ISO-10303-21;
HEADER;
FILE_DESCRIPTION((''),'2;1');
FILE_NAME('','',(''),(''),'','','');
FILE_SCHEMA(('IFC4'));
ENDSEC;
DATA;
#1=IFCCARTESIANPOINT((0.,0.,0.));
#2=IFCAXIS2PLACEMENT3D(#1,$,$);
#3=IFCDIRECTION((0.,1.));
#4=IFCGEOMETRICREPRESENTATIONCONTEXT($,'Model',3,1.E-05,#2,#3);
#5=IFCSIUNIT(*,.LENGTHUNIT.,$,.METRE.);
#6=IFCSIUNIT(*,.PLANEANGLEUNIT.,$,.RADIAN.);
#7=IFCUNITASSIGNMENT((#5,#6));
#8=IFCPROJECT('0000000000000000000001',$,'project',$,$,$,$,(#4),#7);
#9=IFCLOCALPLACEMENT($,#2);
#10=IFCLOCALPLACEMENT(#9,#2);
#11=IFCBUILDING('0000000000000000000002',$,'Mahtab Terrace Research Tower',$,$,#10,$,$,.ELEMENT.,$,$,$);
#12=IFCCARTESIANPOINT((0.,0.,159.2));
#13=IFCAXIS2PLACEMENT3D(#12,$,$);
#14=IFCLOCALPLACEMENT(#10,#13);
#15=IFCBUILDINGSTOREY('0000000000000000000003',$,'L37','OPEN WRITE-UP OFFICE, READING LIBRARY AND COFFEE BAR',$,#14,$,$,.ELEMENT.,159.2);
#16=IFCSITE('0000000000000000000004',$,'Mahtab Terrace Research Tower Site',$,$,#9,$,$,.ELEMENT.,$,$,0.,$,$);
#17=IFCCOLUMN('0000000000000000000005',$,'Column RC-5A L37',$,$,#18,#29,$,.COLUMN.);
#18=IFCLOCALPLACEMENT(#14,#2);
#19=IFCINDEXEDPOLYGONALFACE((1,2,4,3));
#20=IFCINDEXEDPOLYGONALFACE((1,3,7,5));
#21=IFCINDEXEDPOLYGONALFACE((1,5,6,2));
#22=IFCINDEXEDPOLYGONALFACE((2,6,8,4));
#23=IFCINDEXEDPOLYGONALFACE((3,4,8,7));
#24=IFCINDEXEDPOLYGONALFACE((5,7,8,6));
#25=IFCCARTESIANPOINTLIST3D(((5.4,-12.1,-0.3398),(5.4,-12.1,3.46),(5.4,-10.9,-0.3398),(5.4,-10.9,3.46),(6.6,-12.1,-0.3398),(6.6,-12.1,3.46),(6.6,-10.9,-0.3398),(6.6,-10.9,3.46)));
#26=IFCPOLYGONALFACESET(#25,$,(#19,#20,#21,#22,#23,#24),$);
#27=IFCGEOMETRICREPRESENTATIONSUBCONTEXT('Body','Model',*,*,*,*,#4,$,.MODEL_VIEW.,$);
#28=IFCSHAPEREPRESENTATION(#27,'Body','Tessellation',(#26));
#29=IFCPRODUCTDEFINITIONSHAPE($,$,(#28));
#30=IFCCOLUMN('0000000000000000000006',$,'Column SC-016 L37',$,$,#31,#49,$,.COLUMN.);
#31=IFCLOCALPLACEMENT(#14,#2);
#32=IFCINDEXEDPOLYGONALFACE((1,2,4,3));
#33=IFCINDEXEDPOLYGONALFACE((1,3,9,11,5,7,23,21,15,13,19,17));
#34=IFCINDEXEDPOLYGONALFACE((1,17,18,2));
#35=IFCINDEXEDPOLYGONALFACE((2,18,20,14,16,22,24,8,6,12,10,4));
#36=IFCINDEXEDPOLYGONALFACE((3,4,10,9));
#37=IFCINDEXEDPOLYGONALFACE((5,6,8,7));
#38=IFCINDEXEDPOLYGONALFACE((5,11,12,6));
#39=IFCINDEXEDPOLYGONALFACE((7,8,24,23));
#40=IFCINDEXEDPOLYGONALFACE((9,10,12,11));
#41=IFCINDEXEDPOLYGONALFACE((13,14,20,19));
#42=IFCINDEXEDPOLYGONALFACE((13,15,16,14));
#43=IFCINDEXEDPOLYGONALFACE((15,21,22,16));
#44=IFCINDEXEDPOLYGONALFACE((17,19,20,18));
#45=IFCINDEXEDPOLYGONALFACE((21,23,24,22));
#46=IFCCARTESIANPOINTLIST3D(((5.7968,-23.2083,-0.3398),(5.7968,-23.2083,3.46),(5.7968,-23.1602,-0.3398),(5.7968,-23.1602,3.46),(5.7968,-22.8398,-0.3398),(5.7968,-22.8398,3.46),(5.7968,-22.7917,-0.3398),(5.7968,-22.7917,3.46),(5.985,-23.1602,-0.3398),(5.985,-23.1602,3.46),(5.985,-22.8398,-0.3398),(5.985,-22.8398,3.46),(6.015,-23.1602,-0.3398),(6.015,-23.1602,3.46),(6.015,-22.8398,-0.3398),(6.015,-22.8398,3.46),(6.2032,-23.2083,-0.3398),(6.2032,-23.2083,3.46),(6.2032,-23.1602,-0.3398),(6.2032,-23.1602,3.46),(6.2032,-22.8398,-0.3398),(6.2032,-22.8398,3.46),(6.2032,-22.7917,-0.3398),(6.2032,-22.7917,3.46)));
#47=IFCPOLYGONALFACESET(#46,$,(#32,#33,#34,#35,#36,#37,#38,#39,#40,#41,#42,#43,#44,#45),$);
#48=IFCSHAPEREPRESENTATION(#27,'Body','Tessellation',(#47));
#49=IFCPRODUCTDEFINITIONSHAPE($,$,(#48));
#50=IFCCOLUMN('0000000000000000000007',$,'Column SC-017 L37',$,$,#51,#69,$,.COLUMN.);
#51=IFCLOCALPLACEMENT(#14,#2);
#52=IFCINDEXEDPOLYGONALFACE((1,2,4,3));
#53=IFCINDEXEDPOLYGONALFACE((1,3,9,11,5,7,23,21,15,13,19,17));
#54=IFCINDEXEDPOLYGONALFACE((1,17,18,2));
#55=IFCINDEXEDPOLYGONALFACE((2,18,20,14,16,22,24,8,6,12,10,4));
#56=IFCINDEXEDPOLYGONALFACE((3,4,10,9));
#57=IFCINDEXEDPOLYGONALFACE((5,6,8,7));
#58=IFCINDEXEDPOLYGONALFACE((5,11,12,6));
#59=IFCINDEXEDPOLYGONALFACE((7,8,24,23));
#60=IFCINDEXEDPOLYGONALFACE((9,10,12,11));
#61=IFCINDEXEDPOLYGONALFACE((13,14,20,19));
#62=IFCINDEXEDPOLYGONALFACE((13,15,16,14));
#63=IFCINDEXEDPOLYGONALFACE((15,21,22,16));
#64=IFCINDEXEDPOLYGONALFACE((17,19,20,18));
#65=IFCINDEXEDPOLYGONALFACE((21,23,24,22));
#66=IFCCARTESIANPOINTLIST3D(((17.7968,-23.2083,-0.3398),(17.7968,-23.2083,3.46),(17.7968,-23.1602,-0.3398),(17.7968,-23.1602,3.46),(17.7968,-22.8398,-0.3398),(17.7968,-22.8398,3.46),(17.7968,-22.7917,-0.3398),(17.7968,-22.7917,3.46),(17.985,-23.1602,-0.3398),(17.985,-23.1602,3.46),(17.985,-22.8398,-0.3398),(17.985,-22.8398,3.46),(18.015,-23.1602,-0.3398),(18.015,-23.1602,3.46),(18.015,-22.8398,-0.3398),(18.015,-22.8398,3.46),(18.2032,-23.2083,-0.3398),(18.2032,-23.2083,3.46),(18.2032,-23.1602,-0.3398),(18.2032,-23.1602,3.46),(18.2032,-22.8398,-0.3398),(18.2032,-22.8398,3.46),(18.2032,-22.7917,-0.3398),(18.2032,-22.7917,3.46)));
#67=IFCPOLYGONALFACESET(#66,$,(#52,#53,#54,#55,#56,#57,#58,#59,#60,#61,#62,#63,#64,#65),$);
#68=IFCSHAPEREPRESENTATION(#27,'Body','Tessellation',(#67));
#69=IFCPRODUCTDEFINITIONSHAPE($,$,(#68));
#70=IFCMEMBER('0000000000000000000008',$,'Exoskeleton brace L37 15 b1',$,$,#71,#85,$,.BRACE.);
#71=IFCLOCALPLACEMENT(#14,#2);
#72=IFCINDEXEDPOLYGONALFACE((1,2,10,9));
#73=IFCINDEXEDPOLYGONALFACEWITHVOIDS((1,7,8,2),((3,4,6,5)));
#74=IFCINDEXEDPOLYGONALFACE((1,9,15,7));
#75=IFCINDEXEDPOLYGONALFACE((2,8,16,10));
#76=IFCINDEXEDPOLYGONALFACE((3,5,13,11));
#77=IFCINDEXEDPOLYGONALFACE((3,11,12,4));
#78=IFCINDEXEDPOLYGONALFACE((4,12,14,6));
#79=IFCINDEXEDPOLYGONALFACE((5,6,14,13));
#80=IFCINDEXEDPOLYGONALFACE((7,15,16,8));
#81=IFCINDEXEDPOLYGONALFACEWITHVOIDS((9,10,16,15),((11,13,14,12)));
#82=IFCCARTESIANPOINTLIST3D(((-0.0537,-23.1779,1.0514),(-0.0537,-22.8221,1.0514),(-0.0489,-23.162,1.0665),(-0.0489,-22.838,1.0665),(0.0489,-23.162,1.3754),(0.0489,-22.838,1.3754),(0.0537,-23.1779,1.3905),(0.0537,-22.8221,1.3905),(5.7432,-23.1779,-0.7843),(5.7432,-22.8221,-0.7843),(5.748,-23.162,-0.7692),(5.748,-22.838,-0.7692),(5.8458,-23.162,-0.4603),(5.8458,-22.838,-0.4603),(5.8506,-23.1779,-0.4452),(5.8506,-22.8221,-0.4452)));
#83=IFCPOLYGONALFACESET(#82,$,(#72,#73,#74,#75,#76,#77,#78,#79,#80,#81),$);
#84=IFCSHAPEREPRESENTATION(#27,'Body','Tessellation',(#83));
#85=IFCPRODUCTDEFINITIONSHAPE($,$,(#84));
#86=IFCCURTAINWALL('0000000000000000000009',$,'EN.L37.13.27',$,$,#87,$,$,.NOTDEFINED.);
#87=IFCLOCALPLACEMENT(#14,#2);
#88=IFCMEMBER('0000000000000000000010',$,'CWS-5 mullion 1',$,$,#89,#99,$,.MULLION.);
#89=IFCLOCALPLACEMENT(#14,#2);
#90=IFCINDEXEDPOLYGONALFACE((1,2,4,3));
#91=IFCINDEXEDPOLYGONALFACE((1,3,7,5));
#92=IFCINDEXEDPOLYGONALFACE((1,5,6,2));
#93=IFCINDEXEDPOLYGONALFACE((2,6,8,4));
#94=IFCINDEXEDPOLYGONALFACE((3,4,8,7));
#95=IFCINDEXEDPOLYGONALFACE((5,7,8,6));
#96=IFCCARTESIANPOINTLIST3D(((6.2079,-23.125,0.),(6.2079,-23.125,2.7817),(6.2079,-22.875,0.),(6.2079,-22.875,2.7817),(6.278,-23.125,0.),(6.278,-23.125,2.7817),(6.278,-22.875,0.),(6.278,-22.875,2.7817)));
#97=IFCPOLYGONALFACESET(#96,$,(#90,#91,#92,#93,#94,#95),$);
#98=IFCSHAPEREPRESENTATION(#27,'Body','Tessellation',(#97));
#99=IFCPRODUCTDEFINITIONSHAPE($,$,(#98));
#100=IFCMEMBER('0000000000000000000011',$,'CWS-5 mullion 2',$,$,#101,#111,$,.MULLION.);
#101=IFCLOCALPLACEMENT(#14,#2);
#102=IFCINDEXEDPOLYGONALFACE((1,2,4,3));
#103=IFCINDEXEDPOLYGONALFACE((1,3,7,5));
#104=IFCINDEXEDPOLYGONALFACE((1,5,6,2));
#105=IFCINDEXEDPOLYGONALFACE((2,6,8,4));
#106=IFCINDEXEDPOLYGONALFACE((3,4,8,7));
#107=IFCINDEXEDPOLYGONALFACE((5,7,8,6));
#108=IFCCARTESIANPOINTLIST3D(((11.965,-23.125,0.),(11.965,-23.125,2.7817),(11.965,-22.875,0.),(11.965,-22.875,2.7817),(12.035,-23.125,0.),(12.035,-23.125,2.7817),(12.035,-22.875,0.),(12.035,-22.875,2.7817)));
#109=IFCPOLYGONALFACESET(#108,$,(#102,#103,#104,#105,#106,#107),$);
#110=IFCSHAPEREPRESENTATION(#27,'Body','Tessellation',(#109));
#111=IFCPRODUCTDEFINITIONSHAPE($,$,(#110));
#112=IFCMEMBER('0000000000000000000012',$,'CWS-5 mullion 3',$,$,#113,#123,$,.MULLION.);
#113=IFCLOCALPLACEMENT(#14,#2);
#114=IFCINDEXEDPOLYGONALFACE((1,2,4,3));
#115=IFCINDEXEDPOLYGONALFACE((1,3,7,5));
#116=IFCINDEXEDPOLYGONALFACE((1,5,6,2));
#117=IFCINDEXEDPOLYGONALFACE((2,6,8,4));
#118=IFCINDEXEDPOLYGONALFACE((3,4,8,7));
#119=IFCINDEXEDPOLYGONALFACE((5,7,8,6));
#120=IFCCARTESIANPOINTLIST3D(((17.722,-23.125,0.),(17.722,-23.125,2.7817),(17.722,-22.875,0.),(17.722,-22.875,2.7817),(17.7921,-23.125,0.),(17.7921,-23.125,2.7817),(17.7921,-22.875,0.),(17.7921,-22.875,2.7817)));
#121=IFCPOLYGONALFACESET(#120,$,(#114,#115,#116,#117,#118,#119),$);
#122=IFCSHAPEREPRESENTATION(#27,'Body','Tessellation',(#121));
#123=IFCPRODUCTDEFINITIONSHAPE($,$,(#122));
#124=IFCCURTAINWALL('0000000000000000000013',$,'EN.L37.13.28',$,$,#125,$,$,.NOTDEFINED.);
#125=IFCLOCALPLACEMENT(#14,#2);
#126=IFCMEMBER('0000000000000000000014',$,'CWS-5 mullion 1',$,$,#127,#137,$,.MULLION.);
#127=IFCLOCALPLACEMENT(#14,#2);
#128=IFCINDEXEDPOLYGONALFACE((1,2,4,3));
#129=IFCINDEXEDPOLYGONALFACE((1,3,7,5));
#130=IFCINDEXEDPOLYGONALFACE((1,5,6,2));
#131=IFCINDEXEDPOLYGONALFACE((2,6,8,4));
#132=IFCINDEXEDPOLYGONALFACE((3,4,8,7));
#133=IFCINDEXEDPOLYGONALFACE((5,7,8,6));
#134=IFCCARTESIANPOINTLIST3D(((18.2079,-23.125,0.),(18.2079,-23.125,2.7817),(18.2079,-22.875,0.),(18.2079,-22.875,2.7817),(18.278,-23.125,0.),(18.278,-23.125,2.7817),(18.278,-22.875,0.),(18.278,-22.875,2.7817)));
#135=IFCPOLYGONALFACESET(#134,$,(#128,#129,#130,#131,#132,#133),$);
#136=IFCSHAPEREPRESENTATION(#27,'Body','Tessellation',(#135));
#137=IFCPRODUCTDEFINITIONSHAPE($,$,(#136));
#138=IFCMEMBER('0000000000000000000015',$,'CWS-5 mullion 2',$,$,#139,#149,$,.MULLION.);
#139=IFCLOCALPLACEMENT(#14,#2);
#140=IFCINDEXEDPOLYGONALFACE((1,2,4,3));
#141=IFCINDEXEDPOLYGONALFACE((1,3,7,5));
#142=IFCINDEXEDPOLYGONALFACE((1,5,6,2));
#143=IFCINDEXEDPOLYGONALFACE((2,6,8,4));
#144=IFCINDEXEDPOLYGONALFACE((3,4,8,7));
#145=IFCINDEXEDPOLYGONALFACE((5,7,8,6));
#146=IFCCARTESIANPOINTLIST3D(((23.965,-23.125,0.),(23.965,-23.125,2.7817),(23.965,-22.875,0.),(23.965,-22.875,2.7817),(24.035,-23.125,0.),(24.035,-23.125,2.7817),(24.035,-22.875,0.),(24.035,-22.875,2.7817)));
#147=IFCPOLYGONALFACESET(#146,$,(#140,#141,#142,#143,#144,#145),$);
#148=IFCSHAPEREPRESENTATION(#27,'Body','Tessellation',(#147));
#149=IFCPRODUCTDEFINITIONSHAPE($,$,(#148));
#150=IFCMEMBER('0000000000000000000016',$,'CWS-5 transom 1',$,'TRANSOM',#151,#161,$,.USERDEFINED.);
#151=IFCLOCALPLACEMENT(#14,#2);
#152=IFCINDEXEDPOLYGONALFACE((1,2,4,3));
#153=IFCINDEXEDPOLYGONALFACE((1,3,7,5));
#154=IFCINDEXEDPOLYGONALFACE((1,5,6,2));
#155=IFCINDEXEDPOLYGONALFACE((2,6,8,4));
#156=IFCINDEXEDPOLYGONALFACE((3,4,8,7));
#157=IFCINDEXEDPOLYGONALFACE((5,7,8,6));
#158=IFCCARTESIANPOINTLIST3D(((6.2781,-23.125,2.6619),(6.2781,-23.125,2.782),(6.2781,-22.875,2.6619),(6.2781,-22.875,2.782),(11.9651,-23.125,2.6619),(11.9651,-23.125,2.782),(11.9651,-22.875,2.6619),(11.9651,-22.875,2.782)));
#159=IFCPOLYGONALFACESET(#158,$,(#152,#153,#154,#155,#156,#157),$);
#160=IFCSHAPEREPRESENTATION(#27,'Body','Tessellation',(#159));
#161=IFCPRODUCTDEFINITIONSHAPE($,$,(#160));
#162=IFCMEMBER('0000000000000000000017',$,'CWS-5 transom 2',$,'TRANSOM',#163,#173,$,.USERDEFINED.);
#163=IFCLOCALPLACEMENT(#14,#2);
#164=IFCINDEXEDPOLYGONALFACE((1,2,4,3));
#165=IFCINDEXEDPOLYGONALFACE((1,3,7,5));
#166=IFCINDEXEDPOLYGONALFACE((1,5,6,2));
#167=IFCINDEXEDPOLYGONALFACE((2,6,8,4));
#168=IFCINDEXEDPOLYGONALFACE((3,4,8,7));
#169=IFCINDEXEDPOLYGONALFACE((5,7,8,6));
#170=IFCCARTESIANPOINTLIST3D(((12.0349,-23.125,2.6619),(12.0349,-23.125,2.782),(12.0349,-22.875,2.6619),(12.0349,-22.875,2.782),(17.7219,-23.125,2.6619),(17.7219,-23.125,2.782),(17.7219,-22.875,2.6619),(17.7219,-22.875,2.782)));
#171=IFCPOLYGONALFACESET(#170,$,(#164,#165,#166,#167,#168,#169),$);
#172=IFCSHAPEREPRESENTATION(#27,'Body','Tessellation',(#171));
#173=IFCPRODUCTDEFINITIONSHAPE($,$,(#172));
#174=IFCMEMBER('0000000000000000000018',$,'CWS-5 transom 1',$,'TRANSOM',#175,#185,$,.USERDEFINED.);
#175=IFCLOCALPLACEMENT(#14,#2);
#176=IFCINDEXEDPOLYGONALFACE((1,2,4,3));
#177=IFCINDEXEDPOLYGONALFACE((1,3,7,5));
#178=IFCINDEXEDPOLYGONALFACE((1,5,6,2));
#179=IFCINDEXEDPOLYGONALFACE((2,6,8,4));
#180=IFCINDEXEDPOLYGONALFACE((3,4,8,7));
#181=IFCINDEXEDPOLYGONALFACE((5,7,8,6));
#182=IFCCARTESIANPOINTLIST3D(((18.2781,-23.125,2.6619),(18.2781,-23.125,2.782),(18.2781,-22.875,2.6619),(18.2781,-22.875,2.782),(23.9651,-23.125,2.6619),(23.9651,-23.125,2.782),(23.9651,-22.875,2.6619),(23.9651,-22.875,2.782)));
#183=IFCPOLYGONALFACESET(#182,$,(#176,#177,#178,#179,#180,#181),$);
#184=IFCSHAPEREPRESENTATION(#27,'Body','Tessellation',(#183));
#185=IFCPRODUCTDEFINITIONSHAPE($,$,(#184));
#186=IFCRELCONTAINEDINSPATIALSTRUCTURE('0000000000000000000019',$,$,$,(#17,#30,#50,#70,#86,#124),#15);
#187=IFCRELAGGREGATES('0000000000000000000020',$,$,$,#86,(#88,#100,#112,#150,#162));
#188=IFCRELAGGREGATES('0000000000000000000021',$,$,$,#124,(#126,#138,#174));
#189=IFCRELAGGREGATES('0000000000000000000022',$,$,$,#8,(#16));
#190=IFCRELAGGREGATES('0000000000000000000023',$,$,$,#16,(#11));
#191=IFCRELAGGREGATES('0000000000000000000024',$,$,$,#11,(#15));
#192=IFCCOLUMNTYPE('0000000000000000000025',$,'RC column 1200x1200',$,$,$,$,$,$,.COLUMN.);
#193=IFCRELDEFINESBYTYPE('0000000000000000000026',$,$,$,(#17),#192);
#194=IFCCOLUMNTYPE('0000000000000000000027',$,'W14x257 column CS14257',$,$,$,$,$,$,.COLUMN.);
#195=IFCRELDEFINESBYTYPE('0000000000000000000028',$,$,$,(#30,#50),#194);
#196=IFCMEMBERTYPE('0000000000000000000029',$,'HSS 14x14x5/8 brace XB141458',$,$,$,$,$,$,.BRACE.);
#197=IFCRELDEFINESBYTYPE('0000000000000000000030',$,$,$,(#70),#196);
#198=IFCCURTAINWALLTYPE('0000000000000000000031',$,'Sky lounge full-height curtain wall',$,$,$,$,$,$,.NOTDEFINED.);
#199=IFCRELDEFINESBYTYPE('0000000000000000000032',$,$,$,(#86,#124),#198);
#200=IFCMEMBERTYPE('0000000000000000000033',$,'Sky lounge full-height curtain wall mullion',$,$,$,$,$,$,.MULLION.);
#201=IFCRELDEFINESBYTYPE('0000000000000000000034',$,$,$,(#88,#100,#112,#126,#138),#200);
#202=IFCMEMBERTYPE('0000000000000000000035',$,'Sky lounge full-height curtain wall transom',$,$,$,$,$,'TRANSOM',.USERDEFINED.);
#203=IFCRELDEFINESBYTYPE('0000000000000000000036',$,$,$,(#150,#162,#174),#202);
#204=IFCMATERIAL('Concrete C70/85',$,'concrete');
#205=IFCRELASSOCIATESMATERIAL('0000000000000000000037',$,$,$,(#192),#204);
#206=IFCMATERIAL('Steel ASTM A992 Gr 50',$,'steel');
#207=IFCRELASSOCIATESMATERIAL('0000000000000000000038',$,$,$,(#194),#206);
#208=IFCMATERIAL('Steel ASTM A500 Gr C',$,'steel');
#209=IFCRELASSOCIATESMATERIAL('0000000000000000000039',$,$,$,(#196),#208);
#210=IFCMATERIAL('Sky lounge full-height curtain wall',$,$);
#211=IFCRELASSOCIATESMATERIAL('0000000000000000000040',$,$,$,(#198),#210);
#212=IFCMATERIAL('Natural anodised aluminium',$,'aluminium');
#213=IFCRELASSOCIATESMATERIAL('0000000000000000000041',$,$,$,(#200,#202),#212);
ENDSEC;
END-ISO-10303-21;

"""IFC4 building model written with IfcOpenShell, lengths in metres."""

from ifc_helpers import new_model, si_unit, direction, frame, origin, origin_2d, place, context, subcontext, project, spatial, rectangle, hollow_rectangle, i_section, extrude, material, material_profile, profile_set, type_object, element, aggregate, save


model = new_model("IFC4")

# Units and contexts
model_context = context("Model", 3, precision=1e-05, world=origin(), true_north=direction((0.0, 1.0)))
body_context = subcontext(model_context, "Body", "Model", "MODEL_VIEW")
ifc_project = project(units=[si_unit("LENGTHUNIT", "METRE"), si_unit("PLANEANGLEUNIT", "RADIAN")], contexts=[model_context])

# Site, building, storey
site_placement = place(None, origin())
site = spatial("IfcSite", under=ifc_project, at=site_placement, Name="Mahtab Terrace Research Tower Site", CompositionType="ELEMENT", RefElevation=0.0)
building_placement = place(site_placement, origin())
building = spatial("IfcBuilding", under=site, at=building_placement, Name="Mahtab Terrace Research Tower", CompositionType="ELEMENT")
storey_placement = place(building_placement, frame((0.0, 0.0, 159.2)))
storey = spatial("IfcBuildingStorey", under=building, at=storey_placement, Name="L37", Description="OPEN WRITE-UP OFFICE, READING LIBRARY AND COFFEE BAR", CompositionType="ELEMENT", Elevation=159.2)

# Columns
ifc_material_1 = material(Name="Concrete C70/85", Category="concrete")
ifc_material_profile_1 = material_profile(ifc_material_1, rectangle(XDim=1.2, YDim=1.2, at=origin_2d()), Name="RC column 1200x1200")
ifc_profile_set_1 = profile_set([ifc_material_profile_1], Name="Concrete C70/85")
column_type_1 = type_object("IfcColumnType", Name="RC column 1200x1200", PredefinedType="COLUMN", material=ifc_profile_set_1)
column_placement = place(storey_placement, frame((6.0, -11.5, -0.3398), z_axis=(0.0, 0.0, 1.0), x_axis=(1.0, 0.0, 0.0)))
element("IfcColumn", 1, at=column_placement, inside=storey, type_object=column_type_1, Name="Column RC-5A L37", PredefinedType="COLUMN", context=body_context, shape_type="SweptSolid", body=[
    extrude(rectangle(XDim=1.2, YDim=1.2, at=origin_2d()), origin(), (0.0, 0.0, 1.0), 3.7998),
])
ifc_material_2 = material(Name="Steel ASTM A992 Gr 50", Category="steel")
ifc_material_profile_2 = material_profile(ifc_material_2, i_section(OverallWidth=0.4065, OverallDepth=0.4165, WebThickness=0.03, FlangeThickness=0.0481, at=origin_2d()), Name="W14X257")
ifc_profile_set_2 = profile_set([ifc_material_profile_2], Name="Steel ASTM A992 Gr 50")
column_type_2 = type_object("IfcColumnType", Name="W14x257 column CS14257", PredefinedType="COLUMN", material=ifc_profile_set_2)
for number, where, z_axis, x_axis, name in (
    (2, (6.0, -23.0, -0.3398), (0.0, 0.0, 1.0), (1.0, 0.0, 0.0), "Column SC-016 L37"),
    (3, (18.0, -23.0, -0.3398), (0.0, 0.0, 1.0), (1.0, 0.0, 0.0), "Column SC-017 L37"),
):
    element("IfcColumn", number, at=place(storey_placement, frame(where, z_axis=z_axis, x_axis=x_axis)), inside=storey, type_object=column_type_2, Name=name, PredefinedType="COLUMN", context=body_context, shape_type="SweptSolid", body=[
        extrude(i_section(OverallWidth=0.4065, OverallDepth=0.4165, WebThickness=0.03, FlangeThickness=0.0481, at=origin_2d()), origin(), (0.0, 0.0, 1.0), 3.7998),
    ])

# Member
ifc_material_3 = material(Name="Steel ASTM A500 Gr C", Category="steel")
ifc_material_profile_3 = material_profile(ifc_material_3, hollow_rectangle(XDim=0.3557, YDim=0.3557, WallThickness=0.0159, at=origin_2d()), Name="HSS14X14X5/8")
ifc_profile_set_3 = profile_set([ifc_material_profile_3], Name="Steel ASTM A500 Gr C")
member_type_1 = type_object("IfcMemberType", Name="HSS 14x14x5/8 brace XB141458", PredefinedType="BRACE", material=ifc_profile_set_3)
member_1_placement = place(storey_placement, frame((5.7969, -23.0, -0.6147), z_axis=(-0.953341, 0.0, 0.301894), x_axis=(0.0, -1.0, 0.0)))
element("IfcMember", 4, at=member_1_placement, inside=storey, type_object=member_type_1, Name="Exoskeleton brace L37 15 b1", PredefinedType="BRACE", context=body_context, shape_type="SweptSolid", body=[
    extrude(hollow_rectangle(XDim=0.3557, YDim=0.3557, WallThickness=0.0159, at=origin_2d()), origin(), (0.0, 0.0, 1.0), 6.0806),
])

# Curtain walls, members
ifc_material_4 = material(Name="Sky lounge full-height curtain wall")
curtain_wall_type = type_object("IfcCurtainWallType", Name="Sky lounge full-height curtain wall", PredefinedType="NOTDEFINED", material=ifc_material_4)
curtain_wall_1_placement = place(storey_placement, origin())
curtain_wall_1 = element("IfcCurtainWall", 5, at=curtain_wall_1_placement, inside=storey, type_object=curtain_wall_type, Name="EN.L37.13.27", PredefinedType="NOTDEFINED")
ifc_material_5 = material(Name="Natural anodised aluminium", Category="aluminium")
ifc_material_profile_4 = material_profile(ifc_material_5, rectangle(XDim=0.25, YDim=0.0701, at=origin_2d()), Name="MULLION 70x250")
ifc_profile_set_4 = profile_set([ifc_material_profile_4], Name="Natural anodised aluminium")
member_type_2 = type_object("IfcMemberType", Name="Sky lounge full-height curtain wall mullion", PredefinedType="MULLION", material=ifc_profile_set_4)
member_2_placement = place(storey_placement, frame((6.2429, -23.0, 0.0), z_axis=(0.0, 0.0, 1.0), x_axis=(0.0, 1.0, 0.0)))
member_2 = element("IfcMember", 6, at=member_2_placement, type_object=member_type_2, Name="CWS-5 mullion 1", PredefinedType="MULLION", context=body_context, shape_type="SweptSolid", body=[
    extrude(rectangle(XDim=0.25, YDim=0.0701, at=origin_2d()), origin(), (0.0, 0.0, 1.0), 2.7817),
])
member_3_placement = place(storey_placement, frame((12.0, -23.0, 0.0), z_axis=(0.0, 0.0, 1.0), x_axis=(0.0, 1.0, 0.0)))
member_3 = element("IfcMember", 7, at=member_3_placement, type_object=member_type_2, Name="CWS-5 mullion 2", PredefinedType="MULLION", context=body_context, shape_type="SweptSolid", body=[
    extrude(rectangle(XDim=0.25, YDim=0.0701, at=origin_2d()), origin(), (0.0, 0.0, 1.0), 2.7817),
])
member_4_placement = place(storey_placement, frame((17.7571, -23.0, 0.0), z_axis=(0.0, 0.0, 1.0), x_axis=(0.0, 1.0, 0.0)))
member_4 = element("IfcMember", 8, at=member_4_placement, type_object=member_type_2, Name="CWS-5 mullion 3", PredefinedType="MULLION", context=body_context, shape_type="SweptSolid", body=[
    extrude(rectangle(XDim=0.25, YDim=0.0701, at=origin_2d()), origin(), (0.0, 0.0, 1.0), 2.7817),
])
curtain_wall_2_placement = place(storey_placement, origin())
curtain_wall_2 = element("IfcCurtainWall", 9, at=curtain_wall_2_placement, inside=storey, type_object=curtain_wall_type, Name="EN.L37.13.28", PredefinedType="NOTDEFINED")
member_5_placement = place(storey_placement, frame((18.2429, -23.0, 0.0), z_axis=(0.0, 0.0, 1.0), x_axis=(0.0, 1.0, 0.0)))
member_5 = element("IfcMember", 10, at=member_5_placement, type_object=member_type_2, Name="CWS-5 mullion 1", PredefinedType="MULLION", context=body_context, shape_type="SweptSolid", body=[
    extrude(rectangle(XDim=0.25, YDim=0.0701, at=origin_2d()), origin(), (0.0, 0.0, 1.0), 2.7817),
])
member_6_placement = place(storey_placement, frame((24.0, -23.0, 0.0), z_axis=(0.0, 0.0, 1.0), x_axis=(0.0, 1.0, 0.0)))
member_6 = element("IfcMember", 11, at=member_6_placement, type_object=member_type_2, Name="CWS-5 mullion 2", PredefinedType="MULLION", context=body_context, shape_type="SweptSolid", body=[
    extrude(rectangle(XDim=0.25, YDim=0.0701, at=origin_2d()), origin(), (0.0, 0.0, 1.0), 2.7817),
])

# Members
ifc_material_profile_5 = material_profile(ifc_material_5, rectangle(XDim=0.25, YDim=0.1201, at=origin_2d()), Name="TRANSOM 120x250")
ifc_profile_set_5 = profile_set([ifc_material_profile_5], Name="Natural anodised aluminium")
member_type_3 = type_object("IfcMemberType", Name="Sky lounge full-height curtain wall transom", ElementType="TRANSOM", PredefinedType="USERDEFINED", material=ifc_profile_set_5)
member_7_placement = place(storey_placement, frame((6.2781, -23.0, 2.7219), z_axis=(1.0, 0.0, 0.0), x_axis=(0.0, 1.0, 0.0)))
member_7 = element("IfcMember", 12, at=member_7_placement, type_object=member_type_3, Name="CWS-5 transom 1", ObjectType="TRANSOM", PredefinedType="USERDEFINED", context=body_context, shape_type="SweptSolid", body=[
    extrude(rectangle(XDim=0.25, YDim=0.1201, at=origin_2d()), origin(), (0.0, 0.0, 1.0), 5.687),
])
member_8_placement = place(storey_placement, frame((12.0349, -23.0, 2.7219), z_axis=(1.0, 0.0, 0.0), x_axis=(0.0, 1.0, 0.0)))
member_8 = element("IfcMember", 13, at=member_8_placement, type_object=member_type_3, Name="CWS-5 transom 2", ObjectType="TRANSOM", PredefinedType="USERDEFINED", context=body_context, shape_type="SweptSolid", body=[
    extrude(rectangle(XDim=0.25, YDim=0.1201, at=origin_2d()), origin(), (0.0, 0.0, 1.0), 5.687),
])
member_9_placement = place(storey_placement, frame((18.2781, -23.0, 2.7219), z_axis=(1.0, 0.0, 0.0), x_axis=(0.0, 1.0, 0.0)))
member_9 = element("IfcMember", 14, at=member_9_placement, type_object=member_type_3, Name="CWS-5 transom 1", ObjectType="TRANSOM", PredefinedType="USERDEFINED", context=body_context, shape_type="SweptSolid", body=[
    extrude(rectangle(XDim=0.25, YDim=0.1201, at=origin_2d()), origin(), (0.0, 0.0, 1.0), 5.687),
])

aggregate(curtain_wall_1, [member_2, member_3, member_4, member_7, member_8])
aggregate(curtain_wall_2, [member_5, member_6, member_9])

save(model, "model.ifc")
